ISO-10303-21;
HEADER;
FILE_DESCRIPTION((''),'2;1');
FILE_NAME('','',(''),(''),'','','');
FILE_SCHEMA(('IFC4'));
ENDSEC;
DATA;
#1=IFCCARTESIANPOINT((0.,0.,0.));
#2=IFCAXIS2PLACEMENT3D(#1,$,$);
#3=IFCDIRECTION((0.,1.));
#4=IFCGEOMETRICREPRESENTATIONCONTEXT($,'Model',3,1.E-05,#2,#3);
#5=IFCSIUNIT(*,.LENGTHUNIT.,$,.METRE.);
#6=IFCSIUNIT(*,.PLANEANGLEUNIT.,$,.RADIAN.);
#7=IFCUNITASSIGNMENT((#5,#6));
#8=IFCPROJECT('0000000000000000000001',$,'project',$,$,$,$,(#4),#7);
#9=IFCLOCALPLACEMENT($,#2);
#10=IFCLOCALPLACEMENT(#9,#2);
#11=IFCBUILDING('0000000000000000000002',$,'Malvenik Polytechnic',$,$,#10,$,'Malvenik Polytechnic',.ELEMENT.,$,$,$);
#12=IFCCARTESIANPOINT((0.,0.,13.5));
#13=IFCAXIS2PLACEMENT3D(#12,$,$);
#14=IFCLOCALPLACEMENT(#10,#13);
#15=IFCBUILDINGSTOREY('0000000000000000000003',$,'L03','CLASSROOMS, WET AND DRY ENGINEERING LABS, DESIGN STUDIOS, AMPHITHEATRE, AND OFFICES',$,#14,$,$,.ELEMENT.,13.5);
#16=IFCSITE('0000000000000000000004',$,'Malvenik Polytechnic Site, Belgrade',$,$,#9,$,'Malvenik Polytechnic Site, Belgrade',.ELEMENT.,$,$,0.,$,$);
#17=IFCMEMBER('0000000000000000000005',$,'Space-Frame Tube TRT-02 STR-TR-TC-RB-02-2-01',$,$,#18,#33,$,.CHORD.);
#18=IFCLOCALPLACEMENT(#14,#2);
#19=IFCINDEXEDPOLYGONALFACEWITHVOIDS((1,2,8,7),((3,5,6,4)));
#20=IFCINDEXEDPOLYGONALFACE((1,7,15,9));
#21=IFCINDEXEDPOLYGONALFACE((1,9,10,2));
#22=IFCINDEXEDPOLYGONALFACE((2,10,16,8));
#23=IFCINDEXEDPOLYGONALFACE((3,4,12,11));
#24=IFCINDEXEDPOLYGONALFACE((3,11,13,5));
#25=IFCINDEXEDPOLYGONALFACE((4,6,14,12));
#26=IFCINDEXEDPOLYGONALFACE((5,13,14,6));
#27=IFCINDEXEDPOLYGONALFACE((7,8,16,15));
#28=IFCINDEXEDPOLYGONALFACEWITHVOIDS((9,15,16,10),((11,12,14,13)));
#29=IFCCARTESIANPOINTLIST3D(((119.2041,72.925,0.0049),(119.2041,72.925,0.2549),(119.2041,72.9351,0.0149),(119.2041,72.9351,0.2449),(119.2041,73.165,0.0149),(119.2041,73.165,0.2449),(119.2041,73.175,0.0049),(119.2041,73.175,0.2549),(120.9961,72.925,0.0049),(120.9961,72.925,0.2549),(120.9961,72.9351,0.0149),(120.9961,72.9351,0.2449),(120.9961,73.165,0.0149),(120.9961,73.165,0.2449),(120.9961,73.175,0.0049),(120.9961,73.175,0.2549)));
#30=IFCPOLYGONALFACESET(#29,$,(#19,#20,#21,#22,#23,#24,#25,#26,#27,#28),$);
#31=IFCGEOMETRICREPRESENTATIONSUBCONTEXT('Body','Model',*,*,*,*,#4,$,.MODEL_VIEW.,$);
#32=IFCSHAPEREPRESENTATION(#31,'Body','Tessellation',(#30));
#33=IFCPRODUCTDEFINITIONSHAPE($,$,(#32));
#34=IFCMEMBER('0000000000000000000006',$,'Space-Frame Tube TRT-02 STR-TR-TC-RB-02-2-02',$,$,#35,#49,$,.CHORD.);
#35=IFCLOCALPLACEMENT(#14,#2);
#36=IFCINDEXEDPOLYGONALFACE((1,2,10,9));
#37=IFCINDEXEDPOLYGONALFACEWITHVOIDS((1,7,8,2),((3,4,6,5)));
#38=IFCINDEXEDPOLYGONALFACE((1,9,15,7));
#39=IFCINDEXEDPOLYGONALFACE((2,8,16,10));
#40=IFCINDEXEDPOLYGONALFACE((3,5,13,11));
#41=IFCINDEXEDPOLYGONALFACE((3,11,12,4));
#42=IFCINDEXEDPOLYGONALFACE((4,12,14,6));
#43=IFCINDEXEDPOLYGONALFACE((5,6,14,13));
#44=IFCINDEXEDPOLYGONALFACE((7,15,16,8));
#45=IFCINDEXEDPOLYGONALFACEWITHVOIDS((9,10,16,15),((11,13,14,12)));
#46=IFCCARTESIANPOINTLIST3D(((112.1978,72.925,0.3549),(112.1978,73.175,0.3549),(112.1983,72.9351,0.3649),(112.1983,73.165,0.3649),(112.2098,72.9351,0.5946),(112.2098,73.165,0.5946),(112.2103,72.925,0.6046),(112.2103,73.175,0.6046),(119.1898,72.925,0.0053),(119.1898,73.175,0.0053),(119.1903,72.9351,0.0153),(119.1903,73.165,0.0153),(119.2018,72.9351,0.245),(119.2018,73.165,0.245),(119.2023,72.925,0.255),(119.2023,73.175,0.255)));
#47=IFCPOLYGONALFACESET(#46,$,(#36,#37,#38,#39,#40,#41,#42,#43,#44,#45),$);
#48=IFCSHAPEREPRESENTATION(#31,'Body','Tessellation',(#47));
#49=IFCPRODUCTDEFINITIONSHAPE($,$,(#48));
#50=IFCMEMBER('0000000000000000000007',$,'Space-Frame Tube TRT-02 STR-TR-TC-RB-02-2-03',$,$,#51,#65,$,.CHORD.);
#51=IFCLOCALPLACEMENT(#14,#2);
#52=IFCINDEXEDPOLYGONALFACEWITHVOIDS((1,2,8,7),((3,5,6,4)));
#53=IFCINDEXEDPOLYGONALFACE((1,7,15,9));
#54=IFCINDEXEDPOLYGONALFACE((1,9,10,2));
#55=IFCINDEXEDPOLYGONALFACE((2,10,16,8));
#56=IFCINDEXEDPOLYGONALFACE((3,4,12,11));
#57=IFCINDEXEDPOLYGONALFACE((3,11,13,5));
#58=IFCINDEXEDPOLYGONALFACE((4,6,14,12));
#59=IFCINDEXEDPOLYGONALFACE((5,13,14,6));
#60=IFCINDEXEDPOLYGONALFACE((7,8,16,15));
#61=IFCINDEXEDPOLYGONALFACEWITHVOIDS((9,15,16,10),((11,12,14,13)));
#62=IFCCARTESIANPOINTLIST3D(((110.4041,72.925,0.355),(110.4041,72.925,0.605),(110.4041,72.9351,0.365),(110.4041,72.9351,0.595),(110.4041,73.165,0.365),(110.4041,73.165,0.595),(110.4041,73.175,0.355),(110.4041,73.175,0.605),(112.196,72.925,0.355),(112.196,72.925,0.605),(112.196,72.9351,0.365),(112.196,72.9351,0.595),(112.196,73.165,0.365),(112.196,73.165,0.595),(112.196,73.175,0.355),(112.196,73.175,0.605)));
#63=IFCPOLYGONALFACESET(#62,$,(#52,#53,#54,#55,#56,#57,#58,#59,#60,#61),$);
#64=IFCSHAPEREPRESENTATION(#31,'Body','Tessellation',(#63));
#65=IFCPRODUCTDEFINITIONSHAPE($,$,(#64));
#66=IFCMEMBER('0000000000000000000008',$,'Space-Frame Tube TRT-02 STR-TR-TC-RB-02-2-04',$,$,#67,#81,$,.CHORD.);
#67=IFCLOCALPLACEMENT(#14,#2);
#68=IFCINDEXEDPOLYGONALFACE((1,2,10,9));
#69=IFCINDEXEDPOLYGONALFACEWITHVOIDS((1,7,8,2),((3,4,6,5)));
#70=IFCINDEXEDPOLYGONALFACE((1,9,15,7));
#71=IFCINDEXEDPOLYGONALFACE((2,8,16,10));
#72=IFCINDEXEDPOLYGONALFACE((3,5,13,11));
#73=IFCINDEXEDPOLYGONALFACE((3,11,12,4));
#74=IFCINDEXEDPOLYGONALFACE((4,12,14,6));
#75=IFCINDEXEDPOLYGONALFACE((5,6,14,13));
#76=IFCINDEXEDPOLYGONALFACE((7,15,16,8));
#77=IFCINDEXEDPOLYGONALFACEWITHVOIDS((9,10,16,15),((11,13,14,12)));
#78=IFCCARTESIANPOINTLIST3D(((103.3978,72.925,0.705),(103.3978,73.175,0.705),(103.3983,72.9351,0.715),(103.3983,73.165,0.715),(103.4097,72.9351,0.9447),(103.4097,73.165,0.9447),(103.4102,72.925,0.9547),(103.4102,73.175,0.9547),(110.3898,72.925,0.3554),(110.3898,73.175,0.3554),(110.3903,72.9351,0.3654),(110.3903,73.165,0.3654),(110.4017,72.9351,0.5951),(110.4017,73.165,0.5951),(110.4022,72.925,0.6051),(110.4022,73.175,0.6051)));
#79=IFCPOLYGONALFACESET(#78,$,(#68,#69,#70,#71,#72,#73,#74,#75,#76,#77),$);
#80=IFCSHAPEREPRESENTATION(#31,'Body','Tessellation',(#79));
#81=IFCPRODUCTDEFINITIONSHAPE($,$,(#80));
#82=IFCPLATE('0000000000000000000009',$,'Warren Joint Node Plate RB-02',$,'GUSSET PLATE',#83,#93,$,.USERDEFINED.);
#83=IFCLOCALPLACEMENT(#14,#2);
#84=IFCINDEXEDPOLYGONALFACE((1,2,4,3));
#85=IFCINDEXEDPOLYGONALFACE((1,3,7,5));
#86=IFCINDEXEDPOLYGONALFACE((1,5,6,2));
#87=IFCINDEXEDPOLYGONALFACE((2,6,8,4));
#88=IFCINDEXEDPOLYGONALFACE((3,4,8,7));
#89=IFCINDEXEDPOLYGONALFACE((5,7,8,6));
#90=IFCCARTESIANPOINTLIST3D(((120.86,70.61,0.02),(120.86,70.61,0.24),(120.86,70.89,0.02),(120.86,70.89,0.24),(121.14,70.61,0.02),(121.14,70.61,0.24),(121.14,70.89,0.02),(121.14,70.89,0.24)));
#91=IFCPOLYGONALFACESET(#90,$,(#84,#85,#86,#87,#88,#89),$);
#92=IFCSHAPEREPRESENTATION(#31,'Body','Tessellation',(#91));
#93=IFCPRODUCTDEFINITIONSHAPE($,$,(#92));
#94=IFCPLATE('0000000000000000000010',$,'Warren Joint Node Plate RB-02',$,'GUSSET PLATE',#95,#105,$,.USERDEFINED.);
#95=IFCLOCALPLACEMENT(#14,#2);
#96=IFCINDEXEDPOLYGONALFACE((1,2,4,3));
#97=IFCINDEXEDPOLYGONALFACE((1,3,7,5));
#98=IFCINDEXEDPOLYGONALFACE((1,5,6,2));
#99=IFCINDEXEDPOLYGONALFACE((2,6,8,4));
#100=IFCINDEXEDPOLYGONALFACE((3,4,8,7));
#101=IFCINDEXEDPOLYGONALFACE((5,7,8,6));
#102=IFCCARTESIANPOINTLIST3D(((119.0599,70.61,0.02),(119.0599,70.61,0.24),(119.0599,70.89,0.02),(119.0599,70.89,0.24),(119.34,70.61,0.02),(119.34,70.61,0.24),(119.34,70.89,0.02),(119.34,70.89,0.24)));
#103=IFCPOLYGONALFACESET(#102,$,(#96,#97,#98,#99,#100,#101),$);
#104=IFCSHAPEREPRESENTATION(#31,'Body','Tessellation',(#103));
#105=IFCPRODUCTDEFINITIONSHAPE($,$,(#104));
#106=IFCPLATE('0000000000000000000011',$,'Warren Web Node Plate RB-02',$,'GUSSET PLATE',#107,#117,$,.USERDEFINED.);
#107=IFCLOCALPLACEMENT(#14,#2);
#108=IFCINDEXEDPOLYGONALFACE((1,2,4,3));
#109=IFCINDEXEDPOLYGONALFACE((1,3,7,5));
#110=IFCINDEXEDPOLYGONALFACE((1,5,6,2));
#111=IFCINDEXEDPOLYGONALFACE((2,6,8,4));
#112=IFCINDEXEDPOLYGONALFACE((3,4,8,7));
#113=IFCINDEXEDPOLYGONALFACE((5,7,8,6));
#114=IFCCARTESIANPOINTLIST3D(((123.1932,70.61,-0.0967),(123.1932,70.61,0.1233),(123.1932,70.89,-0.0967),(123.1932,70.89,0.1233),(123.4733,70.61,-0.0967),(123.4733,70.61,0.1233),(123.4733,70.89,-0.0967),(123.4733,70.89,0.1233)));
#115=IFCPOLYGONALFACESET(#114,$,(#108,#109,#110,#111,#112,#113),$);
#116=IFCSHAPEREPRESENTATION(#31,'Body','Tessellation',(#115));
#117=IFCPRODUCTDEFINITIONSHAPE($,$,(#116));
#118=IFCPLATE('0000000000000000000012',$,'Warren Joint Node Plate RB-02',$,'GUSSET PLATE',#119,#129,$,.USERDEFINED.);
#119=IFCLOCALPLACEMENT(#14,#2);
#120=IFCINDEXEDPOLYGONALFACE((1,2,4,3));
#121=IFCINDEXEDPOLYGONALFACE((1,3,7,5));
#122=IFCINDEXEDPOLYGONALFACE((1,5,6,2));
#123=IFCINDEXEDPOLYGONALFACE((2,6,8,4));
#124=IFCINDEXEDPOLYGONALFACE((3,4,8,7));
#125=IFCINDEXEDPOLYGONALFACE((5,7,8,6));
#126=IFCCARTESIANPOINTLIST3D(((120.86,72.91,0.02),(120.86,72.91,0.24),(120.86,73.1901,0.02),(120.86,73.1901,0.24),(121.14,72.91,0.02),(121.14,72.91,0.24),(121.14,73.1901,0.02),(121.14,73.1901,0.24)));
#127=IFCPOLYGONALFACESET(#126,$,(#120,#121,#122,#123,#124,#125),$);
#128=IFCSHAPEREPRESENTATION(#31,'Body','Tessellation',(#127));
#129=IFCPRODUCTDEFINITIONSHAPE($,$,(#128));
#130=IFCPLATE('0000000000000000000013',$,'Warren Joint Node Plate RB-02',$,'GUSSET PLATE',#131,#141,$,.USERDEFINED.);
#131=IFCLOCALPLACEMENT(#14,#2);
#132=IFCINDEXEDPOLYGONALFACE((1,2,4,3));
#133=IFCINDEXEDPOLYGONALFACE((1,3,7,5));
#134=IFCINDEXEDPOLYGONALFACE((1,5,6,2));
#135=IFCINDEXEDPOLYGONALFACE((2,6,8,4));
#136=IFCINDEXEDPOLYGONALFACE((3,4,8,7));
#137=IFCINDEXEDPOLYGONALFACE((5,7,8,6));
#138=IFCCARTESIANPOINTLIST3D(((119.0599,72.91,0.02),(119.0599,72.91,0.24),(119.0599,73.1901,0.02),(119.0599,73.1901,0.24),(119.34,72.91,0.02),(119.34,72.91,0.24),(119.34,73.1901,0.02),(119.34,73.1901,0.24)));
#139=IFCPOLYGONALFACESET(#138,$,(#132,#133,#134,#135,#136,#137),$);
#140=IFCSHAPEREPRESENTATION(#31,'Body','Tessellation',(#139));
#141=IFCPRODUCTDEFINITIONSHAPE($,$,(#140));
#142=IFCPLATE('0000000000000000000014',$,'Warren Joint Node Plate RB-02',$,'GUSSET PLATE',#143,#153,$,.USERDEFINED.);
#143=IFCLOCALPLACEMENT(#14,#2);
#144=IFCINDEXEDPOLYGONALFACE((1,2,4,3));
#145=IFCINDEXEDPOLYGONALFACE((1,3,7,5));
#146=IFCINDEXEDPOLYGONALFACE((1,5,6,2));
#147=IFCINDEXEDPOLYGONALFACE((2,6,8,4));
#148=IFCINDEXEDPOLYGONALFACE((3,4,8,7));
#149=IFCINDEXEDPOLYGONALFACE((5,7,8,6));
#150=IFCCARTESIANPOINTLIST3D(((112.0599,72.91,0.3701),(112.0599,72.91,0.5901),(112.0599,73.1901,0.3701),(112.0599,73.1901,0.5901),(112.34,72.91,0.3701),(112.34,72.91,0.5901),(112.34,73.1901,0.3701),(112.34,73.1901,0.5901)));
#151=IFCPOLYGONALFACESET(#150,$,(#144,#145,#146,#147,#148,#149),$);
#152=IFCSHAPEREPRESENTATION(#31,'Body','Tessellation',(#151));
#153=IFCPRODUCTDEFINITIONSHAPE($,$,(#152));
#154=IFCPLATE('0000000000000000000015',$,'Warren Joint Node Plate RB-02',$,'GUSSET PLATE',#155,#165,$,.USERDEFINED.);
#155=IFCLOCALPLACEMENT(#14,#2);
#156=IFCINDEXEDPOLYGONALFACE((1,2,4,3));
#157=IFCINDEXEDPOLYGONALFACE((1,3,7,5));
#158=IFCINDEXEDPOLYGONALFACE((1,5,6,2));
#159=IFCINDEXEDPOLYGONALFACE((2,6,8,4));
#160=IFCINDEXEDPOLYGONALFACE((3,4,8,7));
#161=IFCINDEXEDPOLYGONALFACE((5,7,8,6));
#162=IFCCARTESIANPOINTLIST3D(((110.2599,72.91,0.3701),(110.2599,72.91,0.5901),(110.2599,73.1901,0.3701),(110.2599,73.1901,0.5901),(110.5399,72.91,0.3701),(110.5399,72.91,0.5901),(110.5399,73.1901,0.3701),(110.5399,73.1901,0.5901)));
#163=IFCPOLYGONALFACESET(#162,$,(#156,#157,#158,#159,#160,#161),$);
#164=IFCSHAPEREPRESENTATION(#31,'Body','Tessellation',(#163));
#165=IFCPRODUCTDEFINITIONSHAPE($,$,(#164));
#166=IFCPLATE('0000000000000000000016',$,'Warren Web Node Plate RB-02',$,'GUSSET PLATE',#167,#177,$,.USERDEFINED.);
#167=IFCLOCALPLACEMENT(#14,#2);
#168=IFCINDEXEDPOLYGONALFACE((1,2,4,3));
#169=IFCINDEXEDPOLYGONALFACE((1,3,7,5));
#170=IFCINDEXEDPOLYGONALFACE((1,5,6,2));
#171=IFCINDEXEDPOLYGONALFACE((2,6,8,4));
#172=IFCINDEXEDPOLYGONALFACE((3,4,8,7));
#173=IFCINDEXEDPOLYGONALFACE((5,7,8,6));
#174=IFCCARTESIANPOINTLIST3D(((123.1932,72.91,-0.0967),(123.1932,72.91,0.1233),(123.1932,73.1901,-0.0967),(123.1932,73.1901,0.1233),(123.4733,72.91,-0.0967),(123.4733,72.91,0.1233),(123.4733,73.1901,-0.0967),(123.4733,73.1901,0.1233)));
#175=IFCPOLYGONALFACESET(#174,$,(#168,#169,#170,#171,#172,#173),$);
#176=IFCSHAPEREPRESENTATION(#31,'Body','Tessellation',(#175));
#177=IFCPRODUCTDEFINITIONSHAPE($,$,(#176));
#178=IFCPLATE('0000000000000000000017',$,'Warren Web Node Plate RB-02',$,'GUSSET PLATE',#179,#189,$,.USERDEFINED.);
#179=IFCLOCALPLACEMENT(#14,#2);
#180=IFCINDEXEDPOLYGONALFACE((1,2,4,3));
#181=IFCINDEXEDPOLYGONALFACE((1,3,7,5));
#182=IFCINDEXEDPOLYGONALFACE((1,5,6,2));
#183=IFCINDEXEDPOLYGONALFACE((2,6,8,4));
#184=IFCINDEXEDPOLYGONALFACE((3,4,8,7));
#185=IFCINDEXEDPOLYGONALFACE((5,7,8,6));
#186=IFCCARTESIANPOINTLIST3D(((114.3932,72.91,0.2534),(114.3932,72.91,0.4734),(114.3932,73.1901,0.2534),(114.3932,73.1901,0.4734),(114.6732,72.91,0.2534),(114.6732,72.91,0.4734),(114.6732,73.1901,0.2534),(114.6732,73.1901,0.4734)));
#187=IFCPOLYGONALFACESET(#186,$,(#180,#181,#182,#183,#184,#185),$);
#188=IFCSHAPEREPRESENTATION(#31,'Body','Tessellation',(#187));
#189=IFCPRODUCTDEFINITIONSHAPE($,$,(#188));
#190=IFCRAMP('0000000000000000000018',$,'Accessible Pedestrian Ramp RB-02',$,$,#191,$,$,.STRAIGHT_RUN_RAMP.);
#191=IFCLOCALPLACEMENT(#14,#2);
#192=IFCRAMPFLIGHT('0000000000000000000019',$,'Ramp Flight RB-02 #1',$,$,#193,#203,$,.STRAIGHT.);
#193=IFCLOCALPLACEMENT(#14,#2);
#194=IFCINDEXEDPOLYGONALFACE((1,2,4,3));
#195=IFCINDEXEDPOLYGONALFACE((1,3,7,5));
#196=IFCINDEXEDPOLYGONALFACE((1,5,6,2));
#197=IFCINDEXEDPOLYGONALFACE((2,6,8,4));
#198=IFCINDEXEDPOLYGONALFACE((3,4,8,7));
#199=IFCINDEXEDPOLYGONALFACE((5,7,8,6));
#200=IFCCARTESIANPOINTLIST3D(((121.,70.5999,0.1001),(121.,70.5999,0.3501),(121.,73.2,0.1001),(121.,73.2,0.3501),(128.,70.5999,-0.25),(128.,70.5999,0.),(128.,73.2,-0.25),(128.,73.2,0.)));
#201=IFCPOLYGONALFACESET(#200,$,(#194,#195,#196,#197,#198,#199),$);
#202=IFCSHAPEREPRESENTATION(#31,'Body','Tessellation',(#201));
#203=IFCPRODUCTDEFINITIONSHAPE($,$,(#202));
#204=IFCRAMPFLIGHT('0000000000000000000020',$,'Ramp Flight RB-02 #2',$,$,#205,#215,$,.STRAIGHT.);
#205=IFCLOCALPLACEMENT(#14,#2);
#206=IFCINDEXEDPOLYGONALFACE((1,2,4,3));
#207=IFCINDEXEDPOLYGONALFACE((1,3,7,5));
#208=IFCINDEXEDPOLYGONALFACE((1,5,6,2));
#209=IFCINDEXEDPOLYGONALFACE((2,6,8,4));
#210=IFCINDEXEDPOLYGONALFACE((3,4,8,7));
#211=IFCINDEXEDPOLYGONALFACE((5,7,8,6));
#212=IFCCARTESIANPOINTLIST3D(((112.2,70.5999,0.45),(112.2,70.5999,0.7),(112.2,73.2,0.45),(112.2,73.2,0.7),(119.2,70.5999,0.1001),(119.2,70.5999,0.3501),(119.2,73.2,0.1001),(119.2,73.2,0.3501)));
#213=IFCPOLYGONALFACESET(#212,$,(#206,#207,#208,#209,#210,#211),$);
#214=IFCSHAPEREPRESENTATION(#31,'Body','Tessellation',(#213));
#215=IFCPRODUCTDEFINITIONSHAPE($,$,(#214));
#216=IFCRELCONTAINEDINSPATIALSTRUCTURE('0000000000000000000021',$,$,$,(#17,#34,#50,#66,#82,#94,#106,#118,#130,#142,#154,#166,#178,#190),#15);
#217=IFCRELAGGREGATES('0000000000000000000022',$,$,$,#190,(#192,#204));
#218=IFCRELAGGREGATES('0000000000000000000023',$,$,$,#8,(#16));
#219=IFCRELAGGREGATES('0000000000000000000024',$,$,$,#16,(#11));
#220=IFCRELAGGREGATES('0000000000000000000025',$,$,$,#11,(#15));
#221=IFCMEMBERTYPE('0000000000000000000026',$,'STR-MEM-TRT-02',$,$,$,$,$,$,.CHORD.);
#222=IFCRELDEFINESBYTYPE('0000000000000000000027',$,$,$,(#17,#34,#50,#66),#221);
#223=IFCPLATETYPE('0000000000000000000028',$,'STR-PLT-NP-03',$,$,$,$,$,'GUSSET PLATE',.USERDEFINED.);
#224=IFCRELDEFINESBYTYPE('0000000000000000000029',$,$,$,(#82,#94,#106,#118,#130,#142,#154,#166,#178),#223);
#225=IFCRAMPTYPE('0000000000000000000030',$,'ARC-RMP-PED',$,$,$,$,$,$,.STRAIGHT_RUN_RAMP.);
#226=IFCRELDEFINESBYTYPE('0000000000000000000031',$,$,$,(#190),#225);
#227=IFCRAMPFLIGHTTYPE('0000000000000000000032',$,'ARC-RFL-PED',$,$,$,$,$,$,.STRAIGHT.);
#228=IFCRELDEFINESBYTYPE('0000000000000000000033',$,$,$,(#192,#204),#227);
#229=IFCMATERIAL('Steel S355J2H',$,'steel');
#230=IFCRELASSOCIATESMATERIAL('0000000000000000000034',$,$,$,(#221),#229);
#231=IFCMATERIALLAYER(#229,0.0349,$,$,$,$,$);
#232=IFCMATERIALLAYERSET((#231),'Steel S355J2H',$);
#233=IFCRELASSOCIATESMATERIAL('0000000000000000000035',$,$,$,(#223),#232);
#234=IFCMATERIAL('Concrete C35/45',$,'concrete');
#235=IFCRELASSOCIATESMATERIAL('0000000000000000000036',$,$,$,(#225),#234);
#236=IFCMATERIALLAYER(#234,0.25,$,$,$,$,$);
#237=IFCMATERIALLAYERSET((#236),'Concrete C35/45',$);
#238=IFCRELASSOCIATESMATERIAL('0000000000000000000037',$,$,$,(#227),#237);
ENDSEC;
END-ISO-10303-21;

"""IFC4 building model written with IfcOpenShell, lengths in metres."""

from ifc_helpers import new_model, si_unit, direction, frame, origin, origin_2d, place, context, subcontext, project, spatial, polyline, rectangle, hollow_rectangle, outline, extrude, material, layer, layer_set, material_profile, profile_set, type_object, element, aggregate, save


model = new_model("IFC4")

# Units and contexts
model_context = context("Model", 3, precision=1e-05, world=origin(), true_north=direction((0.0, 1.0)))
body_context = subcontext(model_context, "Body", "Model", "MODEL_VIEW")
ifc_project = project(units=[si_unit("LENGTHUNIT", "METRE"), si_unit("PLANEANGLEUNIT", "RADIAN")], contexts=[model_context])

# Site, building, storey
site_placement = place(None, origin())
site = spatial("IfcSite", under=ifc_project, at=site_placement, Name="Malvenik Polytechnic Site, Belgrade", LongName="Malvenik Polytechnic Site, Belgrade", CompositionType="ELEMENT", RefElevation=0.0)
building_placement = place(site_placement, origin())
building = spatial("IfcBuilding", under=site, at=building_placement, Name="Malvenik Polytechnic", LongName="Malvenik Polytechnic", CompositionType="ELEMENT")
storey_placement = place(building_placement, frame((0.0, 0.0, 13.5)))
storey = spatial("IfcBuildingStorey", under=building, at=storey_placement, Name="L03", Description="CLASSROOMS, WET AND DRY ENGINEERING LABS, DESIGN STUDIOS, AMPHITHEATRE, AND OFFICES", CompositionType="ELEMENT", Elevation=13.5)

# Shared definitions
ifc_material_1 = material(Name="Steel S355J2H", Category="steel")

# Members
ifc_material_profile_1 = material_profile(ifc_material_1, hollow_rectangle(XDim=0.25, YDim=0.25, WallThickness=0.01, at=origin_2d()), Name="SHS 250x250x10.0")
ifc_profile_set_1 = profile_set([ifc_material_profile_1], Name="Steel S355J2H")
member_type_1 = type_object("IfcMemberType", Name="STR-MEM-TRT-02", PredefinedType="CHORD", material=ifc_profile_set_1)
member_1_placement = place(storey_placement, frame((120.9961, 73.05, 0.1299), z_axis=(-1.0, 0.0, 0.0), x_axis=(0.0, -1.0, 0.0)))
element("IfcMember", 1, at=member_1_placement, inside=storey, type_object=member_type_1, Name="Space-Frame Tube TRT-02 STR-TR-TC-RB-02-2-01", PredefinedType="CHORD", context=body_context, shape_type="SweptSolid", body=[
    extrude(hollow_rectangle(XDim=0.25, YDim=0.25, WallThickness=0.01, at=origin_2d()), origin(), (0.0, 0.0, 1.0), 1.792),
])
member_2_placement = place(storey_placement, frame((119.196, 73.05, 0.1301), z_axis=(-0.998752, 0.0, 0.049939), x_axis=(0.0, -1.0, 0.0)))
element("IfcMember", 2, at=member_2_placement, inside=storey, type_object=member_type_1, Name="Space-Frame Tube TRT-02 STR-TR-TC-RB-02-2-02", PredefinedType="CHORD", context=body_context, shape_type="SweptSolid", body=[
    extrude(hollow_rectangle(XDim=0.25, YDim=0.25, WallThickness=0.01, at=origin_2d()), origin(), (0.0, 0.0, 1.0), 7.0007),
])
member_3_placement = place(storey_placement, frame((112.196, 73.05, 0.48), z_axis=(-1.0, 0.0, 0.0), x_axis=(0.0, -1.0, 0.0)))
element("IfcMember", 3, at=member_3_placement, inside=storey, type_object=member_type_1, Name="Space-Frame Tube TRT-02 STR-TR-TC-RB-02-2-03", PredefinedType="CHORD", context=body_context, shape_type="SweptSolid", body=[
    extrude(hollow_rectangle(XDim=0.25, YDim=0.25, WallThickness=0.01, at=origin_2d()), origin(), (0.0, 0.0, 1.0), 1.792),
])
member_4_placement = place(storey_placement, frame((110.396, 73.05, 0.4802), z_axis=(-0.998752, 0.0, 0.049939), x_axis=(0.0, -1.0, 0.0)))
element("IfcMember", 4, at=member_4_placement, inside=storey, type_object=member_type_1, Name="Space-Frame Tube TRT-02 STR-TR-TC-RB-02-2-04", PredefinedType="CHORD", context=body_context, shape_type="SweptSolid", body=[
    extrude(hollow_rectangle(XDim=0.25, YDim=0.25, WallThickness=0.01, at=origin_2d()), origin(), (0.0, 0.0, 1.0), 7.0007),
])

# Plates
ifc_layer_1 = layer(ifc_material_1, 0.0349)
ifc_layer_set_1 = layer_set([ifc_layer_1], Name="Steel S355J2H")
plate_type = type_object("IfcPlateType", Name="STR-PLT-NP-03", ElementType="GUSSET PLATE", PredefinedType="USERDEFINED", material=ifc_layer_set_1)
for number, where, z_axis, x_axis, name in (
    (5, (121.0, 70.75, 0.02), (0.0, 0.0, 1.0), (1.0, 0.0, 0.0), "Warren Joint Node Plate RB-02"),
    (6, (119.2, 70.75, 0.02), (0.0, 0.0, 1.0), (1.0, 0.0, 0.0), "Warren Joint Node Plate RB-02"),
    (7, (123.3333, 70.75, -0.0967), (0.0, 0.0, 1.0), (1.0, 0.0, 0.0), "Warren Web Node Plate RB-02"),
    (8, (121.0, 73.05, 0.02), (0.0, 0.0, 1.0), (1.0, 0.0, 0.0), "Warren Joint Node Plate RB-02"),
    (9, (119.2, 73.05, 0.02), (0.0, 0.0, 1.0), (1.0, 0.0, 0.0), "Warren Joint Node Plate RB-02"),
    (10, (112.2, 73.05, 0.3701), (0.0, 0.0, 1.0), (1.0, 0.0, 0.0), "Warren Joint Node Plate RB-02"),
    (11, (110.3999, 73.05, 0.3701), (0.0, 0.0, 1.0), (1.0, 0.0, 0.0), "Warren Joint Node Plate RB-02"),
    (12, (123.3333, 73.05, -0.0967), (0.0, 0.0, 1.0), (1.0, 0.0, 0.0), "Warren Web Node Plate RB-02"),
    (13, (114.5332, 73.05, 0.2534), (0.0, 0.0, 1.0), (1.0, 0.0, 0.0), "Warren Web Node Plate RB-02"),
):
    element("IfcPlate", number, at=place(storey_placement, frame(where, z_axis=z_axis, x_axis=x_axis)), inside=storey, type_object=plate_type, Name=name, ObjectType="GUSSET PLATE", PredefinedType="USERDEFINED", context=body_context, shape_type="SweptSolid", body=[
        extrude(rectangle(XDim=0.28, YDim=0.28, at=origin_2d()), origin(), (0.0, 0.0, 1.0), 0.22),
    ])

# Ramp, ramp flights
ifc_material_2 = material(Name="Concrete C35/45", Category="concrete")
ramp_type = type_object("IfcRampType", Name="ARC-RMP-PED", PredefinedType="STRAIGHT_RUN_RAMP", material=ifc_material_2)
ramp_placement = place(storey_placement, origin())
ramp = element("IfcRamp", 14, at=ramp_placement, inside=storey, type_object=ramp_type, Name="Accessible Pedestrian Ramp RB-02", PredefinedType="STRAIGHT_RUN_RAMP")
ifc_layer_2 = layer(ifc_material_2, 0.25)
ifc_layer_set_2 = layer_set([ifc_layer_2], Name="Concrete C35/45")
ramp_flight_type = type_object("IfcRampFlightType", Name="ARC-RFL-PED", PredefinedType="STRAIGHT", material=ifc_layer_set_2)
ramp_flight_1_placement = place(storey_placement, frame((128.0, 71.8999, 0.0), z_axis=(0.0, 0.0, 1.0), x_axis=(-1.0, 0.0, 0.0)))
ramp_flight_1 = element("IfcRampFlight", 15, at=ramp_flight_1_placement, type_object=ramp_flight_type, Name="Ramp Flight RB-02 #1", PredefinedType="STRAIGHT", context=body_context, shape_type="SweptSolid", body=[
    extrude(outline(polyline([(0.0, -0.25), (7.0, 0.1001), (7.0, 0.3501), (0.0, 0.0), (0.0, -0.25)])), frame((0.0, 1.3, 0.0), z_axis=(0.0, -1.0, 0.0), x_axis=(1.0, 0.0, 0.0)), (0.0, 0.0, 1.0), 2.6001),
])
ramp_flight_2_placement = place(storey_placement, frame((119.2, 71.8999, 0.3501), z_axis=(0.0, 0.0, 1.0), x_axis=(-1.0, 0.0, 0.0)))
ramp_flight_2 = element("IfcRampFlight", 16, at=ramp_flight_2_placement, type_object=ramp_flight_type, Name="Ramp Flight RB-02 #2", PredefinedType="STRAIGHT", context=body_context, shape_type="SweptSolid", body=[
    extrude(outline(polyline([(0.0, -0.25), (7.0, 0.0999), (7.0, 0.3499), (0.0, 0.0), (0.0, -0.25)])), frame((0.0, 1.3, 0.0), z_axis=(0.0, -1.0, 0.0), x_axis=(1.0, 0.0, 0.0)), (0.0, 0.0, 1.0), 2.6001),
])
aggregate(ramp, [ramp_flight_1, ramp_flight_2])

save(model, "model.ifc")
